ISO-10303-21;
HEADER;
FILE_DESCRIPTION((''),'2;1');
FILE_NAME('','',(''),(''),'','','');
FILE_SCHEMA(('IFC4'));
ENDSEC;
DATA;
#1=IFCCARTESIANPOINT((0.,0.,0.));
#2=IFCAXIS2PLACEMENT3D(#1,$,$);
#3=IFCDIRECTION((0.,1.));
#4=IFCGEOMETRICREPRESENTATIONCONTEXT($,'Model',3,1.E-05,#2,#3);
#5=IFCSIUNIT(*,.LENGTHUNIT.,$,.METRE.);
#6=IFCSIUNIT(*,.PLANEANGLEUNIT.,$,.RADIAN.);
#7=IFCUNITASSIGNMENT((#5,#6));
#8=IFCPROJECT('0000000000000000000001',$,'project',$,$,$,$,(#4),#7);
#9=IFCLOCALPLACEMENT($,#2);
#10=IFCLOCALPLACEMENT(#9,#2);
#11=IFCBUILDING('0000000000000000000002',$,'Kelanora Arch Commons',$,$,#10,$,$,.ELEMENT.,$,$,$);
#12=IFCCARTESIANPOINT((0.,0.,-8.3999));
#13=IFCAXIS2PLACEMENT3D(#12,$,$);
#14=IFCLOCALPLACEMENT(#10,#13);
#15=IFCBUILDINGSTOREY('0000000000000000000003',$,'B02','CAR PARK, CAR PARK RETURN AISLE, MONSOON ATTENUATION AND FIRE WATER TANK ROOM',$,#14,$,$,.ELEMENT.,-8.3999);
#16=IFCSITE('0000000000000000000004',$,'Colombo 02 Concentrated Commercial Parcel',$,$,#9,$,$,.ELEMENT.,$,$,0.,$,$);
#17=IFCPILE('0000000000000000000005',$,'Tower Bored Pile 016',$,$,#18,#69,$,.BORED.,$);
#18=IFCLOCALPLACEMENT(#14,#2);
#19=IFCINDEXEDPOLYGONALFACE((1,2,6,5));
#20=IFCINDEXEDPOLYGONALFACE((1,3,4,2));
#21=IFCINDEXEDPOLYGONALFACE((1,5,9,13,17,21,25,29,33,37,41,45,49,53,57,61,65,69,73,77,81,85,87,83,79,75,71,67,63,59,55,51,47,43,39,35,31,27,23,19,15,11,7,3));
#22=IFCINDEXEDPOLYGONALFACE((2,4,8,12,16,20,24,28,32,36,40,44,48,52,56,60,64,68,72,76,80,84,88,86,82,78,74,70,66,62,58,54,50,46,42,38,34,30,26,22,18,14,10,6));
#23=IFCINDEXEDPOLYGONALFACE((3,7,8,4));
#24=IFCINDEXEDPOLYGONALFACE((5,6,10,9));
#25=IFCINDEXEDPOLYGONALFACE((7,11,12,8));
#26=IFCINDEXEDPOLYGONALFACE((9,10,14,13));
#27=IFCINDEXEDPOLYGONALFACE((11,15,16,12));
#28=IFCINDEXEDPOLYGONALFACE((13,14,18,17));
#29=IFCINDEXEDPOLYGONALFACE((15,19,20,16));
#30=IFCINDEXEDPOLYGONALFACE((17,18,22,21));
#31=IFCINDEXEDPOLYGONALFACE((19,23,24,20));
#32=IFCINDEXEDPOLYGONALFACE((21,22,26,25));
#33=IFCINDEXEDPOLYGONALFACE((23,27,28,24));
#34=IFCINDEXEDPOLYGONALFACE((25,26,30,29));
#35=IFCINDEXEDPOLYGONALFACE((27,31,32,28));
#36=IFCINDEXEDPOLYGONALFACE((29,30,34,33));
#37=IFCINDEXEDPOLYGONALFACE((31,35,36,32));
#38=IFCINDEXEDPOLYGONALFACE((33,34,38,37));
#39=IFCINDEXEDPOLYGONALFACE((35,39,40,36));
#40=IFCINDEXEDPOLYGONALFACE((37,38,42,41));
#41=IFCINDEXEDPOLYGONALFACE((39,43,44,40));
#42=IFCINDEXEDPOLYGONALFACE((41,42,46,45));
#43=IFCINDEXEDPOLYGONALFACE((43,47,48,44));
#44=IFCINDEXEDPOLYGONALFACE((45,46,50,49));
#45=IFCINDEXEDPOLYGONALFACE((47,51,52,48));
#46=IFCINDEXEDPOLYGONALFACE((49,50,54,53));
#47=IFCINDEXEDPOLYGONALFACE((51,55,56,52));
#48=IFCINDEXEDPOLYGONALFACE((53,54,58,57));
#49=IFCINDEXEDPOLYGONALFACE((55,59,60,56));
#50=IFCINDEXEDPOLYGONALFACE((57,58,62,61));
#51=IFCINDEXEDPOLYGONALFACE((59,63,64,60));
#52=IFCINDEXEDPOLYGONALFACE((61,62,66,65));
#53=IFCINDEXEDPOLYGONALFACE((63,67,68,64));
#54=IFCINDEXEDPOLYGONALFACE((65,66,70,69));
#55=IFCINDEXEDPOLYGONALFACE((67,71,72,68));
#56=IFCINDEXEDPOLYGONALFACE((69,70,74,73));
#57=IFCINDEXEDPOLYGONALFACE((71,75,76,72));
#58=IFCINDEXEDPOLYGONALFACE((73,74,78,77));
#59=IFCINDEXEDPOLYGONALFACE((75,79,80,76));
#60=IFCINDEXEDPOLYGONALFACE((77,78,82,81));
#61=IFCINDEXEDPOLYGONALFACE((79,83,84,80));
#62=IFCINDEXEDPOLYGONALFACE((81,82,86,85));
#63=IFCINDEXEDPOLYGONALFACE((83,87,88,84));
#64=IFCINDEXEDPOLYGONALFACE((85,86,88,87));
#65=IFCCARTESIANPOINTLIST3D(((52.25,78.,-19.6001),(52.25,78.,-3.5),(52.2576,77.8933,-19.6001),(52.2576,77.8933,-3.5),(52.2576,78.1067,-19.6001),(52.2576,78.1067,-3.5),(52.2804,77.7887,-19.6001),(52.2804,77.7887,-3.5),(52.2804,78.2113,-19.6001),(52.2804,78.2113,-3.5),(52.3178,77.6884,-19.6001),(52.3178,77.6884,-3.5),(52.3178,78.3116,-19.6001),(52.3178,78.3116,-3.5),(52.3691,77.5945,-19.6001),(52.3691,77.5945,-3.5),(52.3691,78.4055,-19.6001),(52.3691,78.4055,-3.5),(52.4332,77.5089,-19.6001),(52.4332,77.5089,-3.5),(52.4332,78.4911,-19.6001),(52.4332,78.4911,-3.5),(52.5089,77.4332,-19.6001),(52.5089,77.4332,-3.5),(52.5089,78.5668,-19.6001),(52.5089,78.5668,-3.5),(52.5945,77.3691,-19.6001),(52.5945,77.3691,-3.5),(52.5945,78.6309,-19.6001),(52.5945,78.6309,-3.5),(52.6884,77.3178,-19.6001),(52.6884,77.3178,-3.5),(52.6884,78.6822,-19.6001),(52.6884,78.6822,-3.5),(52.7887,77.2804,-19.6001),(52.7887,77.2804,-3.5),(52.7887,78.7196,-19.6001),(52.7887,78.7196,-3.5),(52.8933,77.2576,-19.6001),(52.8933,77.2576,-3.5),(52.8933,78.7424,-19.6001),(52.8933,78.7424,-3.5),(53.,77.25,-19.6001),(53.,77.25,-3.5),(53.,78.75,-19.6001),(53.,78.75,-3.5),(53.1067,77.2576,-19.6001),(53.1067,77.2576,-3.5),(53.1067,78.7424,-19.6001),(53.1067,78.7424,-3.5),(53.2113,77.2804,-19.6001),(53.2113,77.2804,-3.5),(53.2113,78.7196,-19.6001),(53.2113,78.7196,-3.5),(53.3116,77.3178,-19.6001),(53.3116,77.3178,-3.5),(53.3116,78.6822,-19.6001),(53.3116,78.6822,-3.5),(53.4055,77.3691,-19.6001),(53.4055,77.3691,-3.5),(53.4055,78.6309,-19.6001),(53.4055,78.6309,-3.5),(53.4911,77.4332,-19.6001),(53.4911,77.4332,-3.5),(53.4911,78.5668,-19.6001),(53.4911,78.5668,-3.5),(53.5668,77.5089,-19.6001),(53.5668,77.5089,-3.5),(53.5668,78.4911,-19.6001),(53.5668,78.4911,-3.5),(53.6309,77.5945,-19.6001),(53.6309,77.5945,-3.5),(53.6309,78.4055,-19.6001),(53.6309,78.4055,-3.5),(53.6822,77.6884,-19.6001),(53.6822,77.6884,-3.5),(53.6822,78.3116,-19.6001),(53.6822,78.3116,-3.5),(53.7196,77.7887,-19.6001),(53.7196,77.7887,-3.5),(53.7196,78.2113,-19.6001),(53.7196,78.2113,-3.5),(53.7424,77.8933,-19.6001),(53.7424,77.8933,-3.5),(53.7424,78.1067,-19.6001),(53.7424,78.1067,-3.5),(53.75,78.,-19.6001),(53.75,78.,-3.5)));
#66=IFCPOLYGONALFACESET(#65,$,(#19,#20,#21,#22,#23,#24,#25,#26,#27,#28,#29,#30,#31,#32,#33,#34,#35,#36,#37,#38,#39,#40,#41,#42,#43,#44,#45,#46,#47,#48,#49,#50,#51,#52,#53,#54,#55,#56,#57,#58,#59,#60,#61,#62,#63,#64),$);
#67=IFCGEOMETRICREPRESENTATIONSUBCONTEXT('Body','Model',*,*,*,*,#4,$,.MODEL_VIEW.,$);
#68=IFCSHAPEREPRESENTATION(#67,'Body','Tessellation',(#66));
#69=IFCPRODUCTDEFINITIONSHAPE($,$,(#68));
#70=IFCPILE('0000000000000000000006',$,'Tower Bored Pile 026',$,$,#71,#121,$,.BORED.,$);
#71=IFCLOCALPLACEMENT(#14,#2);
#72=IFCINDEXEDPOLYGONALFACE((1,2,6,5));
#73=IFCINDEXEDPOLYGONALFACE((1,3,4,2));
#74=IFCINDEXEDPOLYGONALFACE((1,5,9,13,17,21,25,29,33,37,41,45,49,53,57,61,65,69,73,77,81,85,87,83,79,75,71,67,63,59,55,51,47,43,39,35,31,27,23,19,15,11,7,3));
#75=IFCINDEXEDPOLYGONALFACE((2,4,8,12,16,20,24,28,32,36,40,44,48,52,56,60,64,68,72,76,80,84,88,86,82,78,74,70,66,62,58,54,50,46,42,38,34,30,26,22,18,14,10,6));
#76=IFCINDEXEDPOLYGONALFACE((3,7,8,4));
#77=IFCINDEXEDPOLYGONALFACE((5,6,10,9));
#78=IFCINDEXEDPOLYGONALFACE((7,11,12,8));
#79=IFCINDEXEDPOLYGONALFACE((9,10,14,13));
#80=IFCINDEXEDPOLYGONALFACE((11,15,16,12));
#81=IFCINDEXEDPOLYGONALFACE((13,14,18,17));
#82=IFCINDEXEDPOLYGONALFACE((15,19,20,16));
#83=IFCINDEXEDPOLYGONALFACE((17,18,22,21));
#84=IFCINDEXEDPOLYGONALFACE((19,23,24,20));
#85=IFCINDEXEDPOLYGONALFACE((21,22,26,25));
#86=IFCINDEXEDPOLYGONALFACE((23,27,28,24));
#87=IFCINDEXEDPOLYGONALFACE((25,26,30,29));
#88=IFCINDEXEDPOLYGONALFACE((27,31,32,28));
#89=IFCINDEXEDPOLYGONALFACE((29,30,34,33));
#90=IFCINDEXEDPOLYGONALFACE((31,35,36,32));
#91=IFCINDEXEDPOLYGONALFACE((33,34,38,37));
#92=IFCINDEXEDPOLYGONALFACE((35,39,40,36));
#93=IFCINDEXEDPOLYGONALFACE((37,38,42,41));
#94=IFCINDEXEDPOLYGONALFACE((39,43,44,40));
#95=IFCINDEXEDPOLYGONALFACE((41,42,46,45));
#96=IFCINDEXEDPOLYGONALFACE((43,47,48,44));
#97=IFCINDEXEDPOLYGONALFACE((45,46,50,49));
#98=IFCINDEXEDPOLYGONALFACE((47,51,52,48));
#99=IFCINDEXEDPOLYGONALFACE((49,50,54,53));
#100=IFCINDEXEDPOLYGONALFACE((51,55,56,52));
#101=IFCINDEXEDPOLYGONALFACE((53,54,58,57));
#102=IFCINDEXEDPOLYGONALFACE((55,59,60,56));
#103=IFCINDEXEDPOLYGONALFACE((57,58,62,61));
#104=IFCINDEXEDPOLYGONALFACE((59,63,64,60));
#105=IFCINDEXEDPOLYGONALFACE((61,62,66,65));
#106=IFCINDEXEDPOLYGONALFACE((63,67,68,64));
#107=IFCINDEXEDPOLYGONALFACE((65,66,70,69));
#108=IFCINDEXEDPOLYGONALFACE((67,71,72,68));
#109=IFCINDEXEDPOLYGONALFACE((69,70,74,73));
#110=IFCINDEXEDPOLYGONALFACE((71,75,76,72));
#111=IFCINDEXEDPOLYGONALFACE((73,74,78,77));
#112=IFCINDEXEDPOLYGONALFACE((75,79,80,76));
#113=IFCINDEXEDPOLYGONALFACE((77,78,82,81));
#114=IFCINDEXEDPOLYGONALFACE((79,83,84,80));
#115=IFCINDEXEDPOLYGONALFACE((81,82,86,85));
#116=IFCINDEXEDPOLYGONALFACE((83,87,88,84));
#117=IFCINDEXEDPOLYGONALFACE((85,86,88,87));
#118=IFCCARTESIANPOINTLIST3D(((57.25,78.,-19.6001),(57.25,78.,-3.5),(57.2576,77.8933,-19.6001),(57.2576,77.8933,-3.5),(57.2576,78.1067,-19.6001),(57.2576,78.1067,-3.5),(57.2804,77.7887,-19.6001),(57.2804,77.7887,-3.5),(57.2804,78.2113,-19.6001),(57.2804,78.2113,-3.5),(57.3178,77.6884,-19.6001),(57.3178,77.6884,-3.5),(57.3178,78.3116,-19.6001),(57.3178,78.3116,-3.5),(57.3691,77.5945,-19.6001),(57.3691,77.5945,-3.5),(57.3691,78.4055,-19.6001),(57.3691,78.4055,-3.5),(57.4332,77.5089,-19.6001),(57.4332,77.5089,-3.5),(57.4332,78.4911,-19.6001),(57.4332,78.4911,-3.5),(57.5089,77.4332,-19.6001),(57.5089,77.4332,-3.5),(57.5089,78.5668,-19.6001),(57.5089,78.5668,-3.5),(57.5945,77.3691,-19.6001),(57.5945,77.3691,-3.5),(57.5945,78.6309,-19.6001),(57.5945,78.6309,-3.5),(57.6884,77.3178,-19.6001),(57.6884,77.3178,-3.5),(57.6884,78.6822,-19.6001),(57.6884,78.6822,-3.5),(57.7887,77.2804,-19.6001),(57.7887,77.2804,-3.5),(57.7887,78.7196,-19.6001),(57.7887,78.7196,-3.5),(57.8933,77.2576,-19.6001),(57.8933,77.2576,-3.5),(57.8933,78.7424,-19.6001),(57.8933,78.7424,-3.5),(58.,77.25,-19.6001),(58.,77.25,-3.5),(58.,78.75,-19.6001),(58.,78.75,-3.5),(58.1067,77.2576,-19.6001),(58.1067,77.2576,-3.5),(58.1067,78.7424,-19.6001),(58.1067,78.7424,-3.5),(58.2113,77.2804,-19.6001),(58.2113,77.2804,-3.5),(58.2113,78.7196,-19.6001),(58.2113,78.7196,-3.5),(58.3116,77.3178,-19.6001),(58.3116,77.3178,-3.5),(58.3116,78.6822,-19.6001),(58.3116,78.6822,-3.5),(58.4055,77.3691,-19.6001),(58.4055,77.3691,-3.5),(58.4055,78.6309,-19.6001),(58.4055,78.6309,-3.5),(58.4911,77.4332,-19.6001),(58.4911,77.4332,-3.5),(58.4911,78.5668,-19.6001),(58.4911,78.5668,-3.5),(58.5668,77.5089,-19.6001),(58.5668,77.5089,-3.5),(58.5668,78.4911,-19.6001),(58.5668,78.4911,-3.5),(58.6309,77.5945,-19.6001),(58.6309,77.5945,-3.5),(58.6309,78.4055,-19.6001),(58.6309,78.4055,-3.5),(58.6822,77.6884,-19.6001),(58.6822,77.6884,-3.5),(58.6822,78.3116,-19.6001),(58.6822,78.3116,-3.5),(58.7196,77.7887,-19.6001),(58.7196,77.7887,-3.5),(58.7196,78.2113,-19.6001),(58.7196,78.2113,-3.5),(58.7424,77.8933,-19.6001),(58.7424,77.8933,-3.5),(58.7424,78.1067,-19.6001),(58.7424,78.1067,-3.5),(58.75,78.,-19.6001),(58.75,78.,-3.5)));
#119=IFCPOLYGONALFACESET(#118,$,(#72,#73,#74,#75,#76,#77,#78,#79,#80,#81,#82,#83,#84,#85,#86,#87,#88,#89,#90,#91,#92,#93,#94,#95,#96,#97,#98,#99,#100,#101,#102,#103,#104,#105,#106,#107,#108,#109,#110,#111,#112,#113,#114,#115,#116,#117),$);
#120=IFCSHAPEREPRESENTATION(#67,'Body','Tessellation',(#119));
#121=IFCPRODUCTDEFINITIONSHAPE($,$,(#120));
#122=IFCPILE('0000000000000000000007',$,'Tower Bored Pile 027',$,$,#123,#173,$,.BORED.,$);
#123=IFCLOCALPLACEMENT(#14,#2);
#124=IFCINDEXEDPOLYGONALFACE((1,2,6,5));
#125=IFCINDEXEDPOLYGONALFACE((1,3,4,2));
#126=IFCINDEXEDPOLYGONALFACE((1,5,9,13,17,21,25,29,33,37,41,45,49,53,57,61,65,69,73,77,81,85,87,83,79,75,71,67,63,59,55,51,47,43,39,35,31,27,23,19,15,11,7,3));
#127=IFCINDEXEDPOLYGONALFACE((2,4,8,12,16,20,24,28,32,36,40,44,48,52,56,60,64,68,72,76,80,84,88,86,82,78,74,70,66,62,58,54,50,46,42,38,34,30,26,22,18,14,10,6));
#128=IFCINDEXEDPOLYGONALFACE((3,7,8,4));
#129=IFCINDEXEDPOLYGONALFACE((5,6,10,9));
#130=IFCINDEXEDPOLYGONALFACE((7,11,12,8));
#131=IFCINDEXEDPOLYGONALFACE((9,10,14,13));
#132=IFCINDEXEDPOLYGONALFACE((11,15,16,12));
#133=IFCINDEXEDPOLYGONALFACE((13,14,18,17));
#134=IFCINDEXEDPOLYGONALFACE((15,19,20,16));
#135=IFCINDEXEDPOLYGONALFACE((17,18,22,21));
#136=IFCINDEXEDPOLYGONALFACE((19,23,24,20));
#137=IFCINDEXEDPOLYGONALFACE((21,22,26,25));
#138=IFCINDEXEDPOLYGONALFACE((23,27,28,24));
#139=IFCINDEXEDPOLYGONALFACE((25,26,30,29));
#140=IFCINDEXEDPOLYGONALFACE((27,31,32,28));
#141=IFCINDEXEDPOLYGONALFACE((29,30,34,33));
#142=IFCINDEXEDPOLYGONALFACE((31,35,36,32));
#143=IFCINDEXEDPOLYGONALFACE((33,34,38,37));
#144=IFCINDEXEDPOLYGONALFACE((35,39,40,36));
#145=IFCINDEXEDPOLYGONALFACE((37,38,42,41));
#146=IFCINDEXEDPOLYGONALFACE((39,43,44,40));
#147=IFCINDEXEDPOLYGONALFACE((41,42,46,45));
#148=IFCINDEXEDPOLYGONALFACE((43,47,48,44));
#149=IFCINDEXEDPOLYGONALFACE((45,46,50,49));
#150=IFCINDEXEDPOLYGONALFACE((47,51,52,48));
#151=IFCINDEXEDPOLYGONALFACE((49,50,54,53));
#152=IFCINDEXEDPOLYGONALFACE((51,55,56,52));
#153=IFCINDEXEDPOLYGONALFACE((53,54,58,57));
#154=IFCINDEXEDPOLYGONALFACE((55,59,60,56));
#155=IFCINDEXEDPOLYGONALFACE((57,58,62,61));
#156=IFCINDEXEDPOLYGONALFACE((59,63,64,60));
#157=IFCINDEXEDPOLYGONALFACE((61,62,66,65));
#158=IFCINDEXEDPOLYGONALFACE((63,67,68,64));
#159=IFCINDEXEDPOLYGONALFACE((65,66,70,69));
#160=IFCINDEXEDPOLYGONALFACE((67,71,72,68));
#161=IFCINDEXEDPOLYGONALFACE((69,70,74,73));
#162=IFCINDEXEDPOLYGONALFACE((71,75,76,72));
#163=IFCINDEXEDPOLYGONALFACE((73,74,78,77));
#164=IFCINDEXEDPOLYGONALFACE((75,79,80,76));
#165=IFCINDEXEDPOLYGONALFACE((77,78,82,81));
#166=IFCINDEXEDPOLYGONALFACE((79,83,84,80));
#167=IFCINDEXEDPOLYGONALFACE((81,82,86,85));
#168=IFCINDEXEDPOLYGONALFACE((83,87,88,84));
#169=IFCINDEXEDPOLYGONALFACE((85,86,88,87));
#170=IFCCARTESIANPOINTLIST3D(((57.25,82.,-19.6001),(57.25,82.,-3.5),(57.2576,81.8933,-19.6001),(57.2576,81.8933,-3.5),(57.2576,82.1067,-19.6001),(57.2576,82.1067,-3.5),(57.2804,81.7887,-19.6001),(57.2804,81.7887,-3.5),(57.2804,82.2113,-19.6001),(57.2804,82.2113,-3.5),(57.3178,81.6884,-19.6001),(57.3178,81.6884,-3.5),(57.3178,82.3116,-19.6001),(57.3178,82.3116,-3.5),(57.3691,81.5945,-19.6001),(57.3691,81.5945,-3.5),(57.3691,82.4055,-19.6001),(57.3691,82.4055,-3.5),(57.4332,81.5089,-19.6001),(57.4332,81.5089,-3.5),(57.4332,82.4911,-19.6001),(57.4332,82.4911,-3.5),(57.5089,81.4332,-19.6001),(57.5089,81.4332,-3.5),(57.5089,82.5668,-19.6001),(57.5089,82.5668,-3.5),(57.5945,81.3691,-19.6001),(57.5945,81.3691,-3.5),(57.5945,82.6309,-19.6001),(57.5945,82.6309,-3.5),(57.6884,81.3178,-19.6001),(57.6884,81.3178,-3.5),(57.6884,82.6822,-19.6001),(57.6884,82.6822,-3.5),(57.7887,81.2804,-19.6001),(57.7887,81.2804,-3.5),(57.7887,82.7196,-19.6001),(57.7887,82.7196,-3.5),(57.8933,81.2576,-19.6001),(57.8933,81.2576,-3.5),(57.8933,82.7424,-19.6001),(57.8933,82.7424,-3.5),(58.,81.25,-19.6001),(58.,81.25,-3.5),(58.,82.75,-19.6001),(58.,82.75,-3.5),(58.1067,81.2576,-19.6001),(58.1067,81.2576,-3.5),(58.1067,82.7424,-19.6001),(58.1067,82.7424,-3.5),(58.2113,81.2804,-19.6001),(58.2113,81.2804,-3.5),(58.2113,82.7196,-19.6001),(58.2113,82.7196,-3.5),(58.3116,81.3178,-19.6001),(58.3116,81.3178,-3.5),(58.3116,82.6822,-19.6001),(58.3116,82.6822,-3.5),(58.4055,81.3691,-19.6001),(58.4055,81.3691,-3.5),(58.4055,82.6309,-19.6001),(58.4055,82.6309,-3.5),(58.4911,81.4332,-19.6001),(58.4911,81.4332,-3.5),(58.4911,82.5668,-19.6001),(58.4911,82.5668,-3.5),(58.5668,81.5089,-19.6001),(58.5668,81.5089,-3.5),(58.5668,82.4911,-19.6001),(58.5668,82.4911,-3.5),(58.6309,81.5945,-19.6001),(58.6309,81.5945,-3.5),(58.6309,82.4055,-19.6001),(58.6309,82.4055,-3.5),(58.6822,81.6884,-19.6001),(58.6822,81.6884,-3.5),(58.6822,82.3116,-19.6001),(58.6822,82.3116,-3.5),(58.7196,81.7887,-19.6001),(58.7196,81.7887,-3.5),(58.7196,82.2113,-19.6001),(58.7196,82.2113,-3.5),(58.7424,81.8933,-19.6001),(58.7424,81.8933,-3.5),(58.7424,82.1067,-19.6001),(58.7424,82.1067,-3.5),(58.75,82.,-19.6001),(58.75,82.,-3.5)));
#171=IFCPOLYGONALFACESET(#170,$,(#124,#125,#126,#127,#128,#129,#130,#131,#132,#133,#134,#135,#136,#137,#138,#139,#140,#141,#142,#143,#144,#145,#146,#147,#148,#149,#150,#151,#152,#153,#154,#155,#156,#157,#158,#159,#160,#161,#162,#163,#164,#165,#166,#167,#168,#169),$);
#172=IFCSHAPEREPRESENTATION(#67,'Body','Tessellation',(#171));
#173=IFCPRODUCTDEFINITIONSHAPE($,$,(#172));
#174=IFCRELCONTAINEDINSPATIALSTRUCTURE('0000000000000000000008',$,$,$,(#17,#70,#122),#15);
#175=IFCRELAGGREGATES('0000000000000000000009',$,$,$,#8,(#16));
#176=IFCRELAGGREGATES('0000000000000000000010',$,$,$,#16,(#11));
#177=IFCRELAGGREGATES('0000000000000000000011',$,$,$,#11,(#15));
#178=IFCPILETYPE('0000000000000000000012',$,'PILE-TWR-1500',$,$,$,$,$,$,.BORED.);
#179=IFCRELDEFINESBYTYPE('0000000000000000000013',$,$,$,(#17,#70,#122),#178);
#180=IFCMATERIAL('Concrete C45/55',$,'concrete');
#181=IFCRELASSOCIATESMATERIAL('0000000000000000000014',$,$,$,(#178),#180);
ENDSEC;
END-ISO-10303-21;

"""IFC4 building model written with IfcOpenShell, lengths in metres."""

from ifc_helpers import new_model, si_unit, direction, frame, origin, origin_2d, place, context, subcontext, project, spatial, circle, extrude, source, transform, mapped, material, material_profile, profile_set, type_object, element, save


model = new_model("IFC4")

# Units and contexts
model_context = context("Model", 3, precision=1e-05, world=origin(), true_north=direction((0.0, 1.0)))
body_context = subcontext(model_context, "Body", "Model", "MODEL_VIEW")
ifc_project = project(units=[si_unit("LENGTHUNIT", "METRE"), si_unit("PLANEANGLEUNIT", "RADIAN")], contexts=[model_context])

# Site, building, storey
site_placement = place(None, origin())
site = spatial("IfcSite", under=ifc_project, at=site_placement, Name="Colombo 02 Concentrated Commercial Parcel", CompositionType="ELEMENT", RefElevation=0.0)
building_placement = place(site_placement, origin())
building = spatial("IfcBuilding", under=site, at=building_placement, Name="Kelanora Arch Commons", CompositionType="ELEMENT")
storey_placement = place(building_placement, frame((0.0, 0.0, -8.3999)))
storey = spatial("IfcBuildingStorey", under=building, at=storey_placement, Name="B02", Description="CAR PARK, CAR PARK RETURN AISLE, MONSOON ATTENUATION AND FIRE WATER TANK ROOM", CompositionType="ELEMENT", Elevation=-8.3999)

# Piles
ifc_material_1 = material(Name="Concrete C45/55", Category="concrete")
ifc_material_profile_1 = material_profile(ifc_material_1, circle(Radius=0.75, at=origin_2d()), Name="PILE1500")
ifc_profile_set_1 = profile_set([ifc_material_profile_1], Name="Concrete C45/55")
pile_type_1 = type_object("IfcPileType", Name="PILE-TWR-1500", PredefinedType="BORED", material=ifc_profile_set_1)
shared_shape_1 = source(origin(), body_context, "Body", "SweptSolid", [
    extrude(circle(Radius=0.75, at=origin_2d()), origin(), (0.0, 0.0, 1.0), 16.1001),
])
for number, where, z_axis, x_axis, name in (
    (1, (53.0, 78.0, -3.5), (0.0, 0.0, -1.0), (1.0, 0.0, 0.0), "Tower Bored Pile 016"),
    (2, (58.0, 78.0, -3.5), (0.0, 0.0, -1.0), (1.0, 0.0, 0.0), "Tower Bored Pile 026"),
    (3, (58.0, 82.0, -3.5), (0.0, 0.0, -1.0), (1.0, 0.0, 0.0), "Tower Bored Pile 027"),
):
    element("IfcPile", number, at=place(storey_placement, frame(where, z_axis=z_axis, x_axis=x_axis)), inside=storey, type_object=pile_type_1, Name=name, PredefinedType="BORED", context=body_context, shape_type="MappedRepresentation", body=[
        mapped(shared_shape_1, transform((0.0, 0.0, 0.0), scale=1.0)),
    ])

save(model, "model.ifc")
